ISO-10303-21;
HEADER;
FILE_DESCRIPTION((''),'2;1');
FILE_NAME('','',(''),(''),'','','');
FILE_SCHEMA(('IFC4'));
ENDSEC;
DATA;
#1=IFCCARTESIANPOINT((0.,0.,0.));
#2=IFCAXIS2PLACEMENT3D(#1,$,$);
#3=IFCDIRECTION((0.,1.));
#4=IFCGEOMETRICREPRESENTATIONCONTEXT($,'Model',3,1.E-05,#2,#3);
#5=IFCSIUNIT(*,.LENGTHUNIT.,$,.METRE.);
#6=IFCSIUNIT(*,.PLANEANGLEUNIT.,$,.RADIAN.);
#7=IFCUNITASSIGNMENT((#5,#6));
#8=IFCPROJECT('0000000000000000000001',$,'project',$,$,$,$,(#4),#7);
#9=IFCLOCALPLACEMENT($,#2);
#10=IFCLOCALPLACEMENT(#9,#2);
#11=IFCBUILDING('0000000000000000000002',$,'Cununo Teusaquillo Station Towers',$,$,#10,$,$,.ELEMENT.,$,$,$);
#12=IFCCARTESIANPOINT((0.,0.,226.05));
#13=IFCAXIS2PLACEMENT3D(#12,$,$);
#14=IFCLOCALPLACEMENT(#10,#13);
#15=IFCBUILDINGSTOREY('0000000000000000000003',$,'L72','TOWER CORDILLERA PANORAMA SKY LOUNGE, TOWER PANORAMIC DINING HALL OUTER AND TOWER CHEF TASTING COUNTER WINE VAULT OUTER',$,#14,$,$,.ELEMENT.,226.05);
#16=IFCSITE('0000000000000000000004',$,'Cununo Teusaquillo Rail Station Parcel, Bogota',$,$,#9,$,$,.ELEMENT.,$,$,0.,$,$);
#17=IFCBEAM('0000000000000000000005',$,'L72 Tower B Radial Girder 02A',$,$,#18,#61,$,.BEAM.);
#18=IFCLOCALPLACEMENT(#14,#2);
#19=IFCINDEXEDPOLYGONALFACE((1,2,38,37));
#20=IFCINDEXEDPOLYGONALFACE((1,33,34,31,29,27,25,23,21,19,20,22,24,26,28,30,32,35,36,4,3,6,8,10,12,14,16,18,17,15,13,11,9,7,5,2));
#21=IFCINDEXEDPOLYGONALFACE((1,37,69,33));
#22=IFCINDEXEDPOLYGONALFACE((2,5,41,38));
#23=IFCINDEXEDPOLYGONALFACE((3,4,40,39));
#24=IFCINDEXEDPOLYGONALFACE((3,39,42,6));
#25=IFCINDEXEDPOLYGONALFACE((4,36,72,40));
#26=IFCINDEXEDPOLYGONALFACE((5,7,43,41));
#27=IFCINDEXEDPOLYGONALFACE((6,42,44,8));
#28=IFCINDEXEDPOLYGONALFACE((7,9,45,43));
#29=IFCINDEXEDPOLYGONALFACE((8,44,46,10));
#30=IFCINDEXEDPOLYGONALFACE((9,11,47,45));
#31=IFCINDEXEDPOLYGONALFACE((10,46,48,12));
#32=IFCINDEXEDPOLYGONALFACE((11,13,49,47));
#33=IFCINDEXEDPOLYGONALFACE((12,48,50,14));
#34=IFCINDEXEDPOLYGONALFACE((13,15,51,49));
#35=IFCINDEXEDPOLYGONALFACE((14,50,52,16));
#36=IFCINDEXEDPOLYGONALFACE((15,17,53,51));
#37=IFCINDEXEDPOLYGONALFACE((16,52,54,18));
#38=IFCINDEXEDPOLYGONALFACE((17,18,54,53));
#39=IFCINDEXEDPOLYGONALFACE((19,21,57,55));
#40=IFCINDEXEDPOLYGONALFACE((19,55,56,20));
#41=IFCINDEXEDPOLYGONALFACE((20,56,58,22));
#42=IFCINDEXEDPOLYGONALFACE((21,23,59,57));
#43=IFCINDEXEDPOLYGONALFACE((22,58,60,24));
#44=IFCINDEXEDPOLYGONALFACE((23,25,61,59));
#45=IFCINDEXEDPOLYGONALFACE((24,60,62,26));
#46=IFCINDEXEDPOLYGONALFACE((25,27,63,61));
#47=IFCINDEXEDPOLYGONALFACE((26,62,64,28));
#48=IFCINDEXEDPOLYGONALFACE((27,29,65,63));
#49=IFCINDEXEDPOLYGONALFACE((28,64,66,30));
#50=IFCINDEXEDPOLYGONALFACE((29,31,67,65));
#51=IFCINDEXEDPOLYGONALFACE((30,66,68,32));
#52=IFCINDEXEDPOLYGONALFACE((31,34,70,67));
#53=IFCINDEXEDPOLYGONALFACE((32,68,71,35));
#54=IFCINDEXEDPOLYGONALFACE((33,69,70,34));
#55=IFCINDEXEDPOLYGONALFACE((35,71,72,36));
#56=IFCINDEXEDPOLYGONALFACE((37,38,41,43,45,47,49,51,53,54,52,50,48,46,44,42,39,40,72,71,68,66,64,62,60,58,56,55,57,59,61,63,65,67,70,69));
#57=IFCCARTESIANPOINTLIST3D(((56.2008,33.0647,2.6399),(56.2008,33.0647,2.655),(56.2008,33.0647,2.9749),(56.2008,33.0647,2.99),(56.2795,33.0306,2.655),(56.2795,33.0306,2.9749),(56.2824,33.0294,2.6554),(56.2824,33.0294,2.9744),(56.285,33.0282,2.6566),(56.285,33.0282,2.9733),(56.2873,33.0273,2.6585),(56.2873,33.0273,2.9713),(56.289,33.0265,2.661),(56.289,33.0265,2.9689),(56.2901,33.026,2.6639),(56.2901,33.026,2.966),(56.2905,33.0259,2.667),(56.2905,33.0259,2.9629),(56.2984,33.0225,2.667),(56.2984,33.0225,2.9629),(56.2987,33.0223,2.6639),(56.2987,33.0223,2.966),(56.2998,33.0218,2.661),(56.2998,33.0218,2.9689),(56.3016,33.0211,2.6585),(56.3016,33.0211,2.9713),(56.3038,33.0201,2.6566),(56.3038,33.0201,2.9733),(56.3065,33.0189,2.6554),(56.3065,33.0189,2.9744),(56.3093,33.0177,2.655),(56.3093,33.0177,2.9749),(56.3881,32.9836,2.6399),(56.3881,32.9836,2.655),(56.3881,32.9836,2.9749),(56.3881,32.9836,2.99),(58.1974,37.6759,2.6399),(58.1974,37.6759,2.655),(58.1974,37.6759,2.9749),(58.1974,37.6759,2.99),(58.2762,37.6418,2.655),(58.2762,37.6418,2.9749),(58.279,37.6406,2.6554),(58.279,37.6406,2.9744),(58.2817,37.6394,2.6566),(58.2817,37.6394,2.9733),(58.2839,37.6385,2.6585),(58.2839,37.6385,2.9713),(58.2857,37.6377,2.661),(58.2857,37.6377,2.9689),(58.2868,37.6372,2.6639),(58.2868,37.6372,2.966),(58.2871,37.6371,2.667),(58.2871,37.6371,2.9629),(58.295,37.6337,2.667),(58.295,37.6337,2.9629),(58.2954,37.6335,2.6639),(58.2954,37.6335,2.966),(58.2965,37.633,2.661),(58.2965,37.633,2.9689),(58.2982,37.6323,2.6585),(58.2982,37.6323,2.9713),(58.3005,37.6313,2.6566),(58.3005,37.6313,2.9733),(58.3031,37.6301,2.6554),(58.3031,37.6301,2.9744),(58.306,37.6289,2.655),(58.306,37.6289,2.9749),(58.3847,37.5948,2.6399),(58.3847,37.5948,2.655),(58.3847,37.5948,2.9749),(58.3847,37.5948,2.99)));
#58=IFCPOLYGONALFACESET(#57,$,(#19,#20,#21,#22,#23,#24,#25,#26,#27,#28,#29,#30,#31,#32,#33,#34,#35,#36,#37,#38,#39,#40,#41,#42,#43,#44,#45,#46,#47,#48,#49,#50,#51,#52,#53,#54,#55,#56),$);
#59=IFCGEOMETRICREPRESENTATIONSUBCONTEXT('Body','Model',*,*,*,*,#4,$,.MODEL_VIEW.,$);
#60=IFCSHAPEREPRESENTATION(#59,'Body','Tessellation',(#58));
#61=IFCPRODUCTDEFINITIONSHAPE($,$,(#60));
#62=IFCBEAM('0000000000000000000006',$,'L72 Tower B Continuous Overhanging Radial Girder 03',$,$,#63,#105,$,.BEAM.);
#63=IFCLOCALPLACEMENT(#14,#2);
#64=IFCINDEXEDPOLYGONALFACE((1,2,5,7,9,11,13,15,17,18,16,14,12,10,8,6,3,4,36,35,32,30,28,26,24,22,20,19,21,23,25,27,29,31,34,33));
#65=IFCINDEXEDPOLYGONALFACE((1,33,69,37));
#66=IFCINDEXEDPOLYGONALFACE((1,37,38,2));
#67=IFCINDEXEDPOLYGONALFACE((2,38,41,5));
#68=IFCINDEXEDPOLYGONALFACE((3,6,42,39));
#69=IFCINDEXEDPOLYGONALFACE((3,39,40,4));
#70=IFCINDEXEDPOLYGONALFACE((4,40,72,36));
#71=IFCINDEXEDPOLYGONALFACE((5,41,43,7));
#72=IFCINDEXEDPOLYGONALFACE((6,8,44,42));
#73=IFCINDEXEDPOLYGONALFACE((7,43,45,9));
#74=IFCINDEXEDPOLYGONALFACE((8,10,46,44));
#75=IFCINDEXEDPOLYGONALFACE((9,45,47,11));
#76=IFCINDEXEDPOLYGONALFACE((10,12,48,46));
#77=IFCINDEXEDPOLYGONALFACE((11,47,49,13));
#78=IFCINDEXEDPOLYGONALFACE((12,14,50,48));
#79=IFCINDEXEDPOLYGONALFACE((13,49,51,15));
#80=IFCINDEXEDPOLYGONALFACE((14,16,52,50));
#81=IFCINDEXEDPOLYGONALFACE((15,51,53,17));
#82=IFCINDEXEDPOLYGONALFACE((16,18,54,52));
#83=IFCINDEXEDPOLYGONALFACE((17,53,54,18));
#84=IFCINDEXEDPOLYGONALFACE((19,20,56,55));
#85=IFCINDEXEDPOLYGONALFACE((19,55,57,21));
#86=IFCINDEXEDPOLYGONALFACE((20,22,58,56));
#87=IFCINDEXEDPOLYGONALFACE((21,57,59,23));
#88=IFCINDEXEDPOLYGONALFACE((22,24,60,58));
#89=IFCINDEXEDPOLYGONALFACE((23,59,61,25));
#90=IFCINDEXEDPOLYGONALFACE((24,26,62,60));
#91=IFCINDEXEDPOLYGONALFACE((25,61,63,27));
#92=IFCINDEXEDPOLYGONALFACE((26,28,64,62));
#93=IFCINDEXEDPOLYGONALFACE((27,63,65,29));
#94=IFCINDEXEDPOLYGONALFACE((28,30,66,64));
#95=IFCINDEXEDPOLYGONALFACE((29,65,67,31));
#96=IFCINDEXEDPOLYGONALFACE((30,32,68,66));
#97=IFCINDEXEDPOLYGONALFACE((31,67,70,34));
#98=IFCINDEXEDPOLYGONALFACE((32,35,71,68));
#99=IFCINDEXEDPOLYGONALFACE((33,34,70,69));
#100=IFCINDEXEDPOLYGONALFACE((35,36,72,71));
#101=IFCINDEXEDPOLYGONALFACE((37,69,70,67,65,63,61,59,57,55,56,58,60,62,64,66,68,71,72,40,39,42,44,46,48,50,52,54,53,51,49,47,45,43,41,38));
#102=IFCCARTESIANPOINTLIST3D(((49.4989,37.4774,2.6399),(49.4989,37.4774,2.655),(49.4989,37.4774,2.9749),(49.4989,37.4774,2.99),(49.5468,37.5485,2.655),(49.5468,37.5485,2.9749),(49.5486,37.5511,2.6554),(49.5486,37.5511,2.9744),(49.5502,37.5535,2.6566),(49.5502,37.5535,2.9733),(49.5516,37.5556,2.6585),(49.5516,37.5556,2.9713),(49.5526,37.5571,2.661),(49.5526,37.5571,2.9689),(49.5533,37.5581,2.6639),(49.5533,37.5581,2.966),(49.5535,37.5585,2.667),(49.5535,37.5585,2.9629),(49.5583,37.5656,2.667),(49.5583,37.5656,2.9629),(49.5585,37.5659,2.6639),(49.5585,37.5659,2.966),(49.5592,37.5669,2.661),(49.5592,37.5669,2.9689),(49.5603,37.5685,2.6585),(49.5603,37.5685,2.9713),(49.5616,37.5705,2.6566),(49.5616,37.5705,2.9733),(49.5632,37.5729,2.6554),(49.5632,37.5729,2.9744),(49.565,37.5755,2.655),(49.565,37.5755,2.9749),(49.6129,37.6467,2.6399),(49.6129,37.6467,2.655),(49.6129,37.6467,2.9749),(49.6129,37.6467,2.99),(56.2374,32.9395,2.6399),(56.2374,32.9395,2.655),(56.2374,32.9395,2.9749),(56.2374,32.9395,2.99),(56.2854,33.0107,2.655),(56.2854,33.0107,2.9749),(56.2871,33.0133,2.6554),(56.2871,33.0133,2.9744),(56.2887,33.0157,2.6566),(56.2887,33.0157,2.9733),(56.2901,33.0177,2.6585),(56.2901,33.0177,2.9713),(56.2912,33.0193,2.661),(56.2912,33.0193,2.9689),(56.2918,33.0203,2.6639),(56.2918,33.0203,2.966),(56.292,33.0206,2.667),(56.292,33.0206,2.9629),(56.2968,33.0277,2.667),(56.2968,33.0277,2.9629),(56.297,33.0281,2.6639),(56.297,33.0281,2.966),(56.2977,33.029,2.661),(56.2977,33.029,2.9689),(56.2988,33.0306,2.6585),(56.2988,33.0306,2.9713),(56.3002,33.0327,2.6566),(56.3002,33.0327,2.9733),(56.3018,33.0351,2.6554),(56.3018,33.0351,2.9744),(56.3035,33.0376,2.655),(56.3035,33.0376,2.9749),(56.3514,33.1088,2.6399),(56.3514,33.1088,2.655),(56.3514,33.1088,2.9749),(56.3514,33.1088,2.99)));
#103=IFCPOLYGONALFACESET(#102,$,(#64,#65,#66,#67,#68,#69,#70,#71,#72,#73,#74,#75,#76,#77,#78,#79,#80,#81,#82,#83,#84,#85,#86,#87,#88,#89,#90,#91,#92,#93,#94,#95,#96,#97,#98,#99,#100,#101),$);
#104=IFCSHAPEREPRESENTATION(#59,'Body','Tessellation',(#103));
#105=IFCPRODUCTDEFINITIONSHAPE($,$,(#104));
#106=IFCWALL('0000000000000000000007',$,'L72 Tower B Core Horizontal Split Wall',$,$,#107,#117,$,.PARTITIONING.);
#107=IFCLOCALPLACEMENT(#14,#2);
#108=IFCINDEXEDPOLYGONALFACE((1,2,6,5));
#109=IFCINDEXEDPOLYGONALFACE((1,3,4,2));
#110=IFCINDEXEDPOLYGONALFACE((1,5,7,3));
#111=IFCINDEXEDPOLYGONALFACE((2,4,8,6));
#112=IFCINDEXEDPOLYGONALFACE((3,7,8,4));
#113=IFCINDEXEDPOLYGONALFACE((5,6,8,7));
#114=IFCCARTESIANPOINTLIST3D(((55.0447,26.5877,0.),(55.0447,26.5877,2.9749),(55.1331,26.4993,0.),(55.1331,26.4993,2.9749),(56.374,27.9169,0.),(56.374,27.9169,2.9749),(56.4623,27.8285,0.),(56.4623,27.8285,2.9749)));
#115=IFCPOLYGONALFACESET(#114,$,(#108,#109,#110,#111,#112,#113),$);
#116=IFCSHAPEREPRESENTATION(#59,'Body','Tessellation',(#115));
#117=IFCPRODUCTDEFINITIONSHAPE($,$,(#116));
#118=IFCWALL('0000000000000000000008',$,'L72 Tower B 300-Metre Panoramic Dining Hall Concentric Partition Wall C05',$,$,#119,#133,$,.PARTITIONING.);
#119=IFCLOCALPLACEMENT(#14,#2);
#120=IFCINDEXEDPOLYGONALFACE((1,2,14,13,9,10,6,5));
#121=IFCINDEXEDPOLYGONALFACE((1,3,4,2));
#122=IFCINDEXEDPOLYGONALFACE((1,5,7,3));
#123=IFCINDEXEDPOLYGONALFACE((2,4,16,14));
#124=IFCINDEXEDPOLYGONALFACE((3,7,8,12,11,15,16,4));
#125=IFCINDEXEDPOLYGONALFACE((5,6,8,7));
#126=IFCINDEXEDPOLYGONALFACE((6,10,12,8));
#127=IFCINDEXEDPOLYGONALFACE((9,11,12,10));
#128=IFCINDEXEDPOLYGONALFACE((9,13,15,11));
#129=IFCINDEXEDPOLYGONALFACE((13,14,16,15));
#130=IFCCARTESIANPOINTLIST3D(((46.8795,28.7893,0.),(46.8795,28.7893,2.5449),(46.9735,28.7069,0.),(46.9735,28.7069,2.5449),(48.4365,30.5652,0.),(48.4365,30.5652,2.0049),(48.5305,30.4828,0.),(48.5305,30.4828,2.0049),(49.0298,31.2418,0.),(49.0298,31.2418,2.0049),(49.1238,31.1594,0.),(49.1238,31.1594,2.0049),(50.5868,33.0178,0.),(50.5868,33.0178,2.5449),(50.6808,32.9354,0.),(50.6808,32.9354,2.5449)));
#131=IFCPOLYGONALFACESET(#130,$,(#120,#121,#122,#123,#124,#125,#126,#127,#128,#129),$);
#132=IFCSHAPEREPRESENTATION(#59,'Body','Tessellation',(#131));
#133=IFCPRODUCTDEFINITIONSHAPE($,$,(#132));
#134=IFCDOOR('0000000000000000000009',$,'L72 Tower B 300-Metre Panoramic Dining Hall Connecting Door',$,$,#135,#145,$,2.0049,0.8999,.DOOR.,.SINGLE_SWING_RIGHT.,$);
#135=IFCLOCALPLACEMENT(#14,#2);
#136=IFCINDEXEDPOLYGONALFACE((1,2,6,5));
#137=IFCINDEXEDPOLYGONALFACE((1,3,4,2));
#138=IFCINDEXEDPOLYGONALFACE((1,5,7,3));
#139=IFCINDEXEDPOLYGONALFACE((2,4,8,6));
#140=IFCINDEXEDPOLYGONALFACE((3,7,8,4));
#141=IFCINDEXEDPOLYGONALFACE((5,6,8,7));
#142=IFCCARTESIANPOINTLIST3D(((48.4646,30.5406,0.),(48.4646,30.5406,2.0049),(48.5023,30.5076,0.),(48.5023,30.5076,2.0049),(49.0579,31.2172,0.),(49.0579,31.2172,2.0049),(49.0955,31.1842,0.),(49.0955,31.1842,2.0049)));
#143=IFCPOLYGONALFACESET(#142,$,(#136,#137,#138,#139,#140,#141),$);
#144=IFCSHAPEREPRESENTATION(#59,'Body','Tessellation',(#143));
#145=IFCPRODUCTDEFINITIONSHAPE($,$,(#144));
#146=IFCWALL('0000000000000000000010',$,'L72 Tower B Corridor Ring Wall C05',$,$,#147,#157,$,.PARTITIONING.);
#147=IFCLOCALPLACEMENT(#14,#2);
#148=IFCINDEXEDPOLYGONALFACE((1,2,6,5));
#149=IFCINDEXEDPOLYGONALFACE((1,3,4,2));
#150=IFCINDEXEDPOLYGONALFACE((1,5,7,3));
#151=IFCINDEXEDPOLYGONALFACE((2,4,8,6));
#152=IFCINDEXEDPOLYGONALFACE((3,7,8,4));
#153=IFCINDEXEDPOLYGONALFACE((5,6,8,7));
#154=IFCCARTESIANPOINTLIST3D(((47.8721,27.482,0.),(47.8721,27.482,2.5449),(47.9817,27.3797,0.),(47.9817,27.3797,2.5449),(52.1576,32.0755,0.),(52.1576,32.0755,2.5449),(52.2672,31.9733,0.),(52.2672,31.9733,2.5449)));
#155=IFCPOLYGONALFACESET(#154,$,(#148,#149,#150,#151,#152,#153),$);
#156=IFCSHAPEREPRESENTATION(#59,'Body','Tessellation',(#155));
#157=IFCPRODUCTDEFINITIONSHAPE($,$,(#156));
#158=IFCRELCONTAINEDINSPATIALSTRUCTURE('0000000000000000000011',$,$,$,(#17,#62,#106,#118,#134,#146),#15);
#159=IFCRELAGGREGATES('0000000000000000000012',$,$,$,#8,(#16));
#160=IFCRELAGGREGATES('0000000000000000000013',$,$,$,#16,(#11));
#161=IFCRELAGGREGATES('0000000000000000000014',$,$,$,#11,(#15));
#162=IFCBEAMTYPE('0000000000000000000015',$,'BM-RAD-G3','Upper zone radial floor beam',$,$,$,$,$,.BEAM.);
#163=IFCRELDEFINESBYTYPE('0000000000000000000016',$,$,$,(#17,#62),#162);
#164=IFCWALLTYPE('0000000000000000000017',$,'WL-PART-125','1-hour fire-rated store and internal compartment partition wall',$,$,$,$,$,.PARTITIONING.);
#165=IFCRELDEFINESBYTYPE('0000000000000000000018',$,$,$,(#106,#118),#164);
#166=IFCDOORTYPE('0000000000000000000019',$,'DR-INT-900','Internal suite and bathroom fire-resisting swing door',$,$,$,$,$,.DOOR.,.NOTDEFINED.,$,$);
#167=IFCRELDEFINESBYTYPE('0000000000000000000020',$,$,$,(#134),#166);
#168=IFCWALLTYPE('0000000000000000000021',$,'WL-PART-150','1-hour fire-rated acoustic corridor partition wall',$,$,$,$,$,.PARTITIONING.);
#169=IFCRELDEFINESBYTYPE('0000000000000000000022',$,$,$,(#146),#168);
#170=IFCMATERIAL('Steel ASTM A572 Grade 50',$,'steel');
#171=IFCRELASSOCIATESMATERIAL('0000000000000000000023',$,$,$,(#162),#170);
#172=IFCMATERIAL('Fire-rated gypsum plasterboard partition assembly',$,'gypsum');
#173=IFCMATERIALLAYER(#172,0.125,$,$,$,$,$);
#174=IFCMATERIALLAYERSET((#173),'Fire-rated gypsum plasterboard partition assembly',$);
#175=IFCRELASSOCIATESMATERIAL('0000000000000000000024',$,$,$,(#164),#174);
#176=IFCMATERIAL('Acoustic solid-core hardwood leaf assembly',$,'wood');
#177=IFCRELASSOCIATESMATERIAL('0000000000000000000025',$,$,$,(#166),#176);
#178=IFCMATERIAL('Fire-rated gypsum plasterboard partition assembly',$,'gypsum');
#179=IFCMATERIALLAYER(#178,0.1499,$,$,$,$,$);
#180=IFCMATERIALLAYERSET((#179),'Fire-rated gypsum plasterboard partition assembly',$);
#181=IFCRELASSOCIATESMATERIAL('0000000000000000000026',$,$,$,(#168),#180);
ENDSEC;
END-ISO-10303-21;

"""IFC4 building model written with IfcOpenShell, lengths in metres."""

from ifc_helpers import new_model, si_unit, direction, frame, frame_2d, origin, origin_2d, place, context, subcontext, project, spatial, rectangle, i_section, extrude, source, transform, mapped, material, layer, layer_set, material_profile, profile_set, type_object, element, fill, save


model = new_model("IFC4")

# Units and contexts
model_context = context("Model", 3, precision=1e-05, world=origin(), true_north=direction((0.0, 1.0)))
body_context = subcontext(model_context, "Body", "Model", "MODEL_VIEW")
ifc_project = project(units=[si_unit("LENGTHUNIT", "METRE"), si_unit("PLANEANGLEUNIT", "RADIAN")], contexts=[model_context])

# Site, building, storey
site_placement = place(None, origin())
site = spatial("IfcSite", under=ifc_project, at=site_placement, Name="Cununo Teusaquillo Rail Station Parcel, Bogota", CompositionType="ELEMENT", RefElevation=0.0)
building_placement = place(site_placement, origin())
building = spatial("IfcBuilding", under=site, at=building_placement, Name="Cununo Teusaquillo Station Towers", CompositionType="ELEMENT")
storey_placement = place(building_placement, frame((0.0, 0.0, 226.05)))
storey = spatial("IfcBuildingStorey", under=building, at=storey_placement, Name="L72", Description="TOWER CORDILLERA PANORAMA SKY LOUNGE, TOWER PANORAMIC DINING HALL OUTER AND TOWER CHEF TASTING COUNTER WINE VAULT OUTER", CompositionType="ELEMENT", Elevation=226.05)

# Beams
ifc_material_1 = material(Name="Steel ASTM A572 Grade 50", Category="steel")
ifc_material_profile_1 = material_profile(ifc_material_1, i_section(OverallWidth=0.2041, OverallDepth=0.3501, WebThickness=0.0085, FlangeThickness=0.0151, FilletRadius=0.012, at=origin_2d()), Name="W14X48")
ifc_profile_set_1 = profile_set([ifc_material_profile_1], Name="Steel ASTM A572 Grade 50")
beam_type_1 = type_object("IfcBeamType", Name="BM-RAD-G3", Description="Upper zone radial floor beam", PredefinedType="BEAM", material=ifc_profile_set_1)
beam_1_placement = place(storey_placement, frame((56.2944, 33.0242, 2.8149), z_axis=(0.397347, 0.917668, 0.0), x_axis=(-0.917668, 0.397347, 0.0)))
element("IfcBeam", 1, at=beam_1_placement, inside=storey, type_object=beam_type_1, Name="L72 Tower B Radial Girder 02A", PredefinedType="BEAM", context=body_context, shape_type="SweptSolid", body=[
    extrude(i_section(OverallWidth=0.2041, OverallDepth=0.3501, WebThickness=0.0085, FlangeThickness=0.0151, FilletRadius=0.012, at=origin_2d()), origin(), (0.0, 0.0, 1.0), 5.0249),
])
beam_2_placement = place(storey_placement, frame((56.2944, 33.0242, 2.8149), z_axis=(-0.829457, 0.558571, 0.0), x_axis=(-0.558571, -0.829457, 0.0)))
element("IfcBeam", 2, at=beam_2_placement, inside=storey, type_object=beam_type_1, Name="L72 Tower B Continuous Overhanging Radial Girder 03", PredefinedType="BEAM", context=body_context, shape_type="SweptSolid", body=[
    extrude(i_section(OverallWidth=0.2041, OverallDepth=0.3501, WebThickness=0.0085, FlangeThickness=0.0151, FilletRadius=0.012, at=origin_2d()), origin(), (0.0, 0.0, 1.0), 8.124),
])

# Wall
ifc_material_2 = material(Name="Fire-rated gypsum plasterboard partition assembly", Category="gypsum")
ifc_layer_1 = layer(ifc_material_2, 0.125)
ifc_layer_set_1 = layer_set([ifc_layer_1], Name="Fire-rated gypsum plasterboard partition assembly")
wall_type_1 = type_object("IfcWallType", Name="WL-PART-125", Description="1-hour fire-rated store and internal compartment partition wall", PredefinedType="PARTITIONING", material=ifc_layer_set_1)
wall_1_placement = place(storey_placement, frame((55.0889, 26.5435, 0.0), z_axis=(0.0, 0.0, 1.0), x_axis=(0.707107, 0.707107, 0.0)))
element("IfcWall", 3, at=wall_1_placement, inside=storey, type_object=wall_type_1, Name="L72 Tower B Core Horizontal Split Wall", PredefinedType="PARTITIONING", context=body_context, shape_type="SweptSolid", body=[
    extrude(rectangle(XDim=1.8799, YDim=0.125, at=frame_2d((0.9399, 0.0))), origin(), (0.0, 0.0, 1.0), 2.9749),
])

# Wall, opening, door
wall_2_placement = place(storey_placement, frame((50.6338, 32.9766, 0.0), z_axis=(0.0, 0.0, 1.0), x_axis=(-0.659242, -0.751931, 0.0)))
wall_2 = element("IfcWall", 4, at=wall_2_placement, inside=storey, type_object=wall_type_1, Name="L72 Tower B 300-Metre Panoramic Dining Hall Concentric Partition Wall C05", PredefinedType="PARTITIONING", context=body_context, shape_type="SweptSolid", body=[
    extrude(rectangle(XDim=5.6235, YDim=0.125, at=frame_2d((2.8118, 0.0))), origin(), (0.0, 0.0, 1.0), 2.5449),
])
shared_shape_1 = source(origin(), body_context, "Body", "SweptSolid", [
    extrude(rectangle(XDim=0.8999, YDim=2.0049, at=frame_2d((0.45, 1.0024))), frame((0.0, 0.0725, 0.0), z_axis=(0.0, -1.0, 0.0), x_axis=(1.0, 0.0, 0.0)), (0.0, 0.0, 1.0), 0.145),
])
opening_1_placement = place(wall_2_placement, frame((2.3618, 0.0, 0.0)))
opening_1 = element("IfcOpeningElement", 5, at=opening_1_placement, cuts=wall_2, PredefinedType="OPENING", context=body_context, shape_type="MappedRepresentation", body=[
    mapped(shared_shape_1, transform((0.0, 0.0, 0.0), x_axis=(1.0, 0.0, 0.0), y_axis=(0.0, 1.0, 0.0), z_axis=(0.0, 0.0, 1.0), scale=1.0)),
])
ifc_material_3 = material(Name="Acoustic solid-core hardwood leaf assembly", Category="wood")
door_type_1 = type_object("IfcDoorType", Name="DR-INT-900", Description="Internal suite and bathroom fire-resisting swing door", OperationType="NOTDEFINED", PredefinedType="DOOR", material=ifc_material_3)
shared_shape_2 = source(origin(), body_context, "Body", "SweptSolid", [
    extrude(rectangle(XDim=0.8999, YDim=2.0049, at=frame_2d((0.45, 1.0024))), frame((0.0, 0.0249, 0.0), z_axis=(0.0, -1.0, 0.0), x_axis=(1.0, 0.0, 0.0)), (0.0, 0.0, 1.0), 0.05),
])
door_1_placement = place(opening_1_placement, origin())
door_1 = element("IfcDoor", 6, at=door_1_placement, inside=storey, type_object=door_type_1, Name="L72 Tower B 300-Metre Panoramic Dining Hall Connecting Door", OperationType="SINGLE_SWING_RIGHT", OverallHeight=2.0049, OverallWidth=0.8999, PredefinedType="DOOR", context=body_context, shape_type="MappedRepresentation", body=[
    mapped(shared_shape_2, transform((0.0, 0.0, 0.0), x_axis=(1.0, 0.0, 0.0), y_axis=(0.0, 1.0, 0.0), z_axis=(0.0, 0.0, 1.0), scale=1.0)),
])
fill(opening_1, door_1)

# Wall
ifc_material_4 = material(Name="Fire-rated gypsum plasterboard partition assembly", Category="gypsum")
ifc_layer_2 = layer(ifc_material_4, 0.1499)
ifc_layer_set_2 = layer_set([ifc_layer_2], Name="Fire-rated gypsum plasterboard partition assembly")
wall_type_2 = type_object("IfcWallType", Name="WL-PART-150", Description="1-hour fire-rated acoustic corridor partition wall", PredefinedType="PARTITIONING", material=ifc_layer_set_2)
wall_3_placement = place(storey_placement, frame((52.2124, 32.0244, 0.0), z_axis=(0.0, 0.0, 1.0), x_axis=(-0.682159, -0.731204, 0.0)))
element("IfcWall", 7, at=wall_3_placement, inside=storey, type_object=wall_type_2, Name="L72 Tower B Corridor Ring Wall C05", PredefinedType="PARTITIONING", context=body_context, shape_type="SweptSolid", body=[
    extrude(rectangle(XDim=6.2822, YDim=0.1499, at=frame_2d((3.1411, 0.0))), origin(), (0.0, 0.0, 1.0), 2.5449),
])

save(model, "model.ifc")
